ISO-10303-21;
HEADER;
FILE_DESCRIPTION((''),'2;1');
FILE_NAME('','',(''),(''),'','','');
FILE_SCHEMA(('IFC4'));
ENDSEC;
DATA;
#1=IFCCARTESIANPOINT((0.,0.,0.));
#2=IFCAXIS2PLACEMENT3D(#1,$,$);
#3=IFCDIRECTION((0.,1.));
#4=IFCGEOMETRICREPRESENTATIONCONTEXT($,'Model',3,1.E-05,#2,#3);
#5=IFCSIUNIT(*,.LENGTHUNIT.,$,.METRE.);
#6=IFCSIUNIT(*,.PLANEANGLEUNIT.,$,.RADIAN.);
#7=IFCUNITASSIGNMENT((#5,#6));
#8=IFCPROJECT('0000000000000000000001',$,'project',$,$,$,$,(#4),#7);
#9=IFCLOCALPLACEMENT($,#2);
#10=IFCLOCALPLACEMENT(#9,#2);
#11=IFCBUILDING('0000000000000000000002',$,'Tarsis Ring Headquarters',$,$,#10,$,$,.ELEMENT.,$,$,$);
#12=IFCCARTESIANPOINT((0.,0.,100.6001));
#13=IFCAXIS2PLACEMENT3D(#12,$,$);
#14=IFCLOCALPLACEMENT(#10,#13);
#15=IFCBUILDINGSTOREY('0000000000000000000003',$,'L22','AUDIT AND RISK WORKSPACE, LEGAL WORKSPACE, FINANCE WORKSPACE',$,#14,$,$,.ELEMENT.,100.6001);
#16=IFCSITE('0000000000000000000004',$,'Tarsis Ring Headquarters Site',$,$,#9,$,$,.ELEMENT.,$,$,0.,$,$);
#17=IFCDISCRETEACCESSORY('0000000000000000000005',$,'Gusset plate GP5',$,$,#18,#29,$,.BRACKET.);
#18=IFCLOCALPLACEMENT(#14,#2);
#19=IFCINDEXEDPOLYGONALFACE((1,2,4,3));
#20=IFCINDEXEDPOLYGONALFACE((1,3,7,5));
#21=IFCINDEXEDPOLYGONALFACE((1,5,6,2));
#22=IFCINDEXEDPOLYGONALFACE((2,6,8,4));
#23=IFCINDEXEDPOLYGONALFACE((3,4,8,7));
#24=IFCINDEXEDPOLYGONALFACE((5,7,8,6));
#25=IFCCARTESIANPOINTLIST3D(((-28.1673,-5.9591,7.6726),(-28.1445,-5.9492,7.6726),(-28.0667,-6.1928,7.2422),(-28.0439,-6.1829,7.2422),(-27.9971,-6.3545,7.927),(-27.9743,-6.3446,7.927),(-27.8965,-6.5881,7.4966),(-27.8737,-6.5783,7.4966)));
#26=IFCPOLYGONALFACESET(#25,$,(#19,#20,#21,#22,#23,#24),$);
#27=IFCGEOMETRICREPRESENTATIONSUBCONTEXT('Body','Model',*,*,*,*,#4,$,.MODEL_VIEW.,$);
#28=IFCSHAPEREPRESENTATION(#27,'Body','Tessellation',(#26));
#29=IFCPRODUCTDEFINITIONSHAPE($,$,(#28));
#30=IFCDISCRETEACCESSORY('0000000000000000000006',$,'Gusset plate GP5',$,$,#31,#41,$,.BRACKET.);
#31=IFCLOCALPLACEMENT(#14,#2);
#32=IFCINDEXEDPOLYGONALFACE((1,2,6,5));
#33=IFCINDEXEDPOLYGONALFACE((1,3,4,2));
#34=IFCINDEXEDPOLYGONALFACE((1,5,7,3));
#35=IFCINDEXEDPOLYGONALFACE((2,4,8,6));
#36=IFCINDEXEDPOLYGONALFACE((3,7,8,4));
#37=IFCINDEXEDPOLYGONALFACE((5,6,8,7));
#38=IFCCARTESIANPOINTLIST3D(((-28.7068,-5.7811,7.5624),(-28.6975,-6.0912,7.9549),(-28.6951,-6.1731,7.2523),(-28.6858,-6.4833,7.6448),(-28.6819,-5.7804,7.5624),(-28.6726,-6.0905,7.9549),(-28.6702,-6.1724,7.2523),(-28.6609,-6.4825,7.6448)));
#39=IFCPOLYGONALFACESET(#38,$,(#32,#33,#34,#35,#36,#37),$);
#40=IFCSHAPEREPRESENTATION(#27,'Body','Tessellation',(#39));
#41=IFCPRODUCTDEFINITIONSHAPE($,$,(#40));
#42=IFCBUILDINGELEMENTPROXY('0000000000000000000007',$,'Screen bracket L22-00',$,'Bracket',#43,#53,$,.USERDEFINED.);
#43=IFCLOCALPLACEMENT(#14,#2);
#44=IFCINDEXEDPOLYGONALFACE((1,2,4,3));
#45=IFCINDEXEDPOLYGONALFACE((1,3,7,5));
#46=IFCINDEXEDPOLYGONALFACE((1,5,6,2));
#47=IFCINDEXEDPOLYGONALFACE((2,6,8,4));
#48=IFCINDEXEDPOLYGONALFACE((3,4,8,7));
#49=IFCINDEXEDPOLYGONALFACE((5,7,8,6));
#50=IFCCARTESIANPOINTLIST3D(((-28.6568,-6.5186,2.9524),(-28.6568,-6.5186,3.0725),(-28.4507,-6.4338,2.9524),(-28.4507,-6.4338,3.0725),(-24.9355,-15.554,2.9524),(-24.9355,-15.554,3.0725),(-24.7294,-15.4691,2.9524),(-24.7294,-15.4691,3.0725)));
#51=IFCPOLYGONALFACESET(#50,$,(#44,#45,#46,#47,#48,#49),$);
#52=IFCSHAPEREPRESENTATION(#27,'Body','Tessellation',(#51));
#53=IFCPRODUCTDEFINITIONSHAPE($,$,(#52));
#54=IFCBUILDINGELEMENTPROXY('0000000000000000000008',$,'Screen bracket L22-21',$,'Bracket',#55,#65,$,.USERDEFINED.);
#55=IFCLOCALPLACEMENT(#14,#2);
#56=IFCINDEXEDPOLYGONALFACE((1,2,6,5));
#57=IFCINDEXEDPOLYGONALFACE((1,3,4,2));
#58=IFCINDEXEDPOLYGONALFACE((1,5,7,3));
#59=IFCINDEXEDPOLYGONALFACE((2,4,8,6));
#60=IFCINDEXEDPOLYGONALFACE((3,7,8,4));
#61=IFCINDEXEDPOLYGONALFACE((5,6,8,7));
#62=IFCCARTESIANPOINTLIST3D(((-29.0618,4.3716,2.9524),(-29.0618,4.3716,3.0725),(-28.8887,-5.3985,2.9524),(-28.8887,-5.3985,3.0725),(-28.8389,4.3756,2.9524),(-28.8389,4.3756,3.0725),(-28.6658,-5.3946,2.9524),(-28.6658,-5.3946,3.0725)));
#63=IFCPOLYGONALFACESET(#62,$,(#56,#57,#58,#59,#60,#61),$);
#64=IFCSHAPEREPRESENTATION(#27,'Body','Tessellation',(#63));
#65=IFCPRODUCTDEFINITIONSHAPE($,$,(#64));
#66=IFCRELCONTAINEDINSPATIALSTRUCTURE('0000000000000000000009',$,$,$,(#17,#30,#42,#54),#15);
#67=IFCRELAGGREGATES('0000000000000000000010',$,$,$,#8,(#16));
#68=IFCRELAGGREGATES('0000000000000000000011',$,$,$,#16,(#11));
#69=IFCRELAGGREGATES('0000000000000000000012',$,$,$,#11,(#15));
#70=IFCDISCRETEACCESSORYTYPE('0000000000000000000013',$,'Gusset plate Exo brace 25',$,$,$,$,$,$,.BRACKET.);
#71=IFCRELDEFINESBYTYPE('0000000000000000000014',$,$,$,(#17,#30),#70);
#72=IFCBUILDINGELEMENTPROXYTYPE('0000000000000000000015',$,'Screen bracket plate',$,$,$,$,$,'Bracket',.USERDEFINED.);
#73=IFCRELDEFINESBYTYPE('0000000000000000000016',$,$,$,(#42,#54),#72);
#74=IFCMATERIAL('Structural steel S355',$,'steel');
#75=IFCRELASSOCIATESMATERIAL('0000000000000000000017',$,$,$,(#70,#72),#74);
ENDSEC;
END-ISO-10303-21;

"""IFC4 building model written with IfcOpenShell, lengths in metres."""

from ifc_helpers import new_model, si_unit, direction, frame, origin, origin_2d, place, context, subcontext, project, spatial, rectangle, extrude, material, material_profile, profile_set, type_object, element, save


model = new_model("IFC4")

# Units and contexts
model_context = context("Model", 3, precision=1e-05, world=origin(), true_north=direction((0.0, 1.0)))
body_context = subcontext(model_context, "Body", "Model", "MODEL_VIEW")
ifc_project = project(units=[si_unit("LENGTHUNIT", "METRE"), si_unit("PLANEANGLEUNIT", "RADIAN")], contexts=[model_context])

# Site, building, storey
site_placement = place(None, origin())
site = spatial("IfcSite", under=ifc_project, at=site_placement, Name="Tarsis Ring Headquarters Site", CompositionType="ELEMENT", RefElevation=0.0)
building_placement = place(site_placement, origin())
building = spatial("IfcBuilding", under=site, at=building_placement, Name="Tarsis Ring Headquarters", CompositionType="ELEMENT")
storey_placement = place(building_placement, frame((0.0, 0.0, 100.6001)))
storey = spatial("IfcBuildingStorey", under=building, at=storey_placement, Name="L22", Description="AUDIT AND RISK WORKSPACE, LEGAL WORKSPACE, FINANCE WORKSPACE", CompositionType="ELEMENT", Elevation=100.6001)

# Shared definitions
ifc_material_1 = material(Name="Structural steel S355", Category="steel")

# Discrete accessories
ifc_material_profile_1 = material_profile(ifc_material_1, rectangle(XDim=0.0249, YDim=0.5, at=origin_2d()), Name="PL 25x500")
ifc_profile_set_1 = profile_set([ifc_material_profile_1], Name="Structural steel S355")
discrete_accessory_type = type_object("IfcDiscreteAccessoryType", Name="Gusset plate Exo brace 25", PredefinedType="BRACKET", material=ifc_profile_set_1)
discrete_accessory_1_placement = place(storey_placement, frame((-28.0708, -6.1519, 7.7998), z_axis=(0.201185, -0.467315, -0.860895), x_axis=(0.918498, 0.395425, 0.0)))
element("IfcDiscreteAccessory", 1, at=discrete_accessory_1_placement, inside=storey, type_object=discrete_accessory_type, Name="Gusset plate GP5", PredefinedType="BRACKET", context=body_context, shape_type="SweptSolid", body=[
    extrude(rectangle(XDim=0.0249, YDim=0.5, at=origin_2d()), origin(), (0.0, 0.0, 1.0), 0.5),
])
discrete_accessory_2_placement = place(storey_placement, frame((-28.6792, -6.2869, 7.7998), z_axis=(-0.018549, 0.619933, -0.784435), x_axis=(-0.999553, -0.029908, 0.0)))
element("IfcDiscreteAccessory", 2, at=discrete_accessory_2_placement, inside=storey, type_object=discrete_accessory_type, Name="Gusset plate GP5", PredefinedType="BRACKET", context=body_context, shape_type="SweptSolid", body=[
    extrude(rectangle(XDim=0.0249, YDim=0.5, at=origin_2d()), origin(), (0.0, 0.0, 1.0), 0.5002),
])

# Building element proxies
building_element_proxy_type = type_object("IfcBuildingElementProxyType", Name="Screen bracket plate", ElementType="Bracket", PredefinedType="USERDEFINED", material=ifc_material_1)
for number, where, z_axis, x_axis, name in (
    (3, (-26.6931, -10.9939, 2.9524), (0.0, 0.0, 1.0), (0.380828, -0.924646, 0.0), "Screen bracket L22-00"),
    (4, (-28.8638, -0.5115, 2.9524), (0.0, 0.0, 1.0), (0.017714, -0.999843, 0.0), "Screen bracket L22-21"),
):
    element("IfcBuildingElementProxy", number, at=place(storey_placement, frame(where, z_axis=z_axis, x_axis=x_axis)), inside=storey, type_object=building_element_proxy_type, Name=name, ObjectType="Bracket", PredefinedType="USERDEFINED", context=body_context, shape_type="SweptSolid", body=[
        extrude(rectangle(XDim=9.7717, YDim=0.2229, at=origin_2d()), origin(), (0.0, 0.0, 1.0), 0.1201),
    ])

save(model, "model.ifc")
